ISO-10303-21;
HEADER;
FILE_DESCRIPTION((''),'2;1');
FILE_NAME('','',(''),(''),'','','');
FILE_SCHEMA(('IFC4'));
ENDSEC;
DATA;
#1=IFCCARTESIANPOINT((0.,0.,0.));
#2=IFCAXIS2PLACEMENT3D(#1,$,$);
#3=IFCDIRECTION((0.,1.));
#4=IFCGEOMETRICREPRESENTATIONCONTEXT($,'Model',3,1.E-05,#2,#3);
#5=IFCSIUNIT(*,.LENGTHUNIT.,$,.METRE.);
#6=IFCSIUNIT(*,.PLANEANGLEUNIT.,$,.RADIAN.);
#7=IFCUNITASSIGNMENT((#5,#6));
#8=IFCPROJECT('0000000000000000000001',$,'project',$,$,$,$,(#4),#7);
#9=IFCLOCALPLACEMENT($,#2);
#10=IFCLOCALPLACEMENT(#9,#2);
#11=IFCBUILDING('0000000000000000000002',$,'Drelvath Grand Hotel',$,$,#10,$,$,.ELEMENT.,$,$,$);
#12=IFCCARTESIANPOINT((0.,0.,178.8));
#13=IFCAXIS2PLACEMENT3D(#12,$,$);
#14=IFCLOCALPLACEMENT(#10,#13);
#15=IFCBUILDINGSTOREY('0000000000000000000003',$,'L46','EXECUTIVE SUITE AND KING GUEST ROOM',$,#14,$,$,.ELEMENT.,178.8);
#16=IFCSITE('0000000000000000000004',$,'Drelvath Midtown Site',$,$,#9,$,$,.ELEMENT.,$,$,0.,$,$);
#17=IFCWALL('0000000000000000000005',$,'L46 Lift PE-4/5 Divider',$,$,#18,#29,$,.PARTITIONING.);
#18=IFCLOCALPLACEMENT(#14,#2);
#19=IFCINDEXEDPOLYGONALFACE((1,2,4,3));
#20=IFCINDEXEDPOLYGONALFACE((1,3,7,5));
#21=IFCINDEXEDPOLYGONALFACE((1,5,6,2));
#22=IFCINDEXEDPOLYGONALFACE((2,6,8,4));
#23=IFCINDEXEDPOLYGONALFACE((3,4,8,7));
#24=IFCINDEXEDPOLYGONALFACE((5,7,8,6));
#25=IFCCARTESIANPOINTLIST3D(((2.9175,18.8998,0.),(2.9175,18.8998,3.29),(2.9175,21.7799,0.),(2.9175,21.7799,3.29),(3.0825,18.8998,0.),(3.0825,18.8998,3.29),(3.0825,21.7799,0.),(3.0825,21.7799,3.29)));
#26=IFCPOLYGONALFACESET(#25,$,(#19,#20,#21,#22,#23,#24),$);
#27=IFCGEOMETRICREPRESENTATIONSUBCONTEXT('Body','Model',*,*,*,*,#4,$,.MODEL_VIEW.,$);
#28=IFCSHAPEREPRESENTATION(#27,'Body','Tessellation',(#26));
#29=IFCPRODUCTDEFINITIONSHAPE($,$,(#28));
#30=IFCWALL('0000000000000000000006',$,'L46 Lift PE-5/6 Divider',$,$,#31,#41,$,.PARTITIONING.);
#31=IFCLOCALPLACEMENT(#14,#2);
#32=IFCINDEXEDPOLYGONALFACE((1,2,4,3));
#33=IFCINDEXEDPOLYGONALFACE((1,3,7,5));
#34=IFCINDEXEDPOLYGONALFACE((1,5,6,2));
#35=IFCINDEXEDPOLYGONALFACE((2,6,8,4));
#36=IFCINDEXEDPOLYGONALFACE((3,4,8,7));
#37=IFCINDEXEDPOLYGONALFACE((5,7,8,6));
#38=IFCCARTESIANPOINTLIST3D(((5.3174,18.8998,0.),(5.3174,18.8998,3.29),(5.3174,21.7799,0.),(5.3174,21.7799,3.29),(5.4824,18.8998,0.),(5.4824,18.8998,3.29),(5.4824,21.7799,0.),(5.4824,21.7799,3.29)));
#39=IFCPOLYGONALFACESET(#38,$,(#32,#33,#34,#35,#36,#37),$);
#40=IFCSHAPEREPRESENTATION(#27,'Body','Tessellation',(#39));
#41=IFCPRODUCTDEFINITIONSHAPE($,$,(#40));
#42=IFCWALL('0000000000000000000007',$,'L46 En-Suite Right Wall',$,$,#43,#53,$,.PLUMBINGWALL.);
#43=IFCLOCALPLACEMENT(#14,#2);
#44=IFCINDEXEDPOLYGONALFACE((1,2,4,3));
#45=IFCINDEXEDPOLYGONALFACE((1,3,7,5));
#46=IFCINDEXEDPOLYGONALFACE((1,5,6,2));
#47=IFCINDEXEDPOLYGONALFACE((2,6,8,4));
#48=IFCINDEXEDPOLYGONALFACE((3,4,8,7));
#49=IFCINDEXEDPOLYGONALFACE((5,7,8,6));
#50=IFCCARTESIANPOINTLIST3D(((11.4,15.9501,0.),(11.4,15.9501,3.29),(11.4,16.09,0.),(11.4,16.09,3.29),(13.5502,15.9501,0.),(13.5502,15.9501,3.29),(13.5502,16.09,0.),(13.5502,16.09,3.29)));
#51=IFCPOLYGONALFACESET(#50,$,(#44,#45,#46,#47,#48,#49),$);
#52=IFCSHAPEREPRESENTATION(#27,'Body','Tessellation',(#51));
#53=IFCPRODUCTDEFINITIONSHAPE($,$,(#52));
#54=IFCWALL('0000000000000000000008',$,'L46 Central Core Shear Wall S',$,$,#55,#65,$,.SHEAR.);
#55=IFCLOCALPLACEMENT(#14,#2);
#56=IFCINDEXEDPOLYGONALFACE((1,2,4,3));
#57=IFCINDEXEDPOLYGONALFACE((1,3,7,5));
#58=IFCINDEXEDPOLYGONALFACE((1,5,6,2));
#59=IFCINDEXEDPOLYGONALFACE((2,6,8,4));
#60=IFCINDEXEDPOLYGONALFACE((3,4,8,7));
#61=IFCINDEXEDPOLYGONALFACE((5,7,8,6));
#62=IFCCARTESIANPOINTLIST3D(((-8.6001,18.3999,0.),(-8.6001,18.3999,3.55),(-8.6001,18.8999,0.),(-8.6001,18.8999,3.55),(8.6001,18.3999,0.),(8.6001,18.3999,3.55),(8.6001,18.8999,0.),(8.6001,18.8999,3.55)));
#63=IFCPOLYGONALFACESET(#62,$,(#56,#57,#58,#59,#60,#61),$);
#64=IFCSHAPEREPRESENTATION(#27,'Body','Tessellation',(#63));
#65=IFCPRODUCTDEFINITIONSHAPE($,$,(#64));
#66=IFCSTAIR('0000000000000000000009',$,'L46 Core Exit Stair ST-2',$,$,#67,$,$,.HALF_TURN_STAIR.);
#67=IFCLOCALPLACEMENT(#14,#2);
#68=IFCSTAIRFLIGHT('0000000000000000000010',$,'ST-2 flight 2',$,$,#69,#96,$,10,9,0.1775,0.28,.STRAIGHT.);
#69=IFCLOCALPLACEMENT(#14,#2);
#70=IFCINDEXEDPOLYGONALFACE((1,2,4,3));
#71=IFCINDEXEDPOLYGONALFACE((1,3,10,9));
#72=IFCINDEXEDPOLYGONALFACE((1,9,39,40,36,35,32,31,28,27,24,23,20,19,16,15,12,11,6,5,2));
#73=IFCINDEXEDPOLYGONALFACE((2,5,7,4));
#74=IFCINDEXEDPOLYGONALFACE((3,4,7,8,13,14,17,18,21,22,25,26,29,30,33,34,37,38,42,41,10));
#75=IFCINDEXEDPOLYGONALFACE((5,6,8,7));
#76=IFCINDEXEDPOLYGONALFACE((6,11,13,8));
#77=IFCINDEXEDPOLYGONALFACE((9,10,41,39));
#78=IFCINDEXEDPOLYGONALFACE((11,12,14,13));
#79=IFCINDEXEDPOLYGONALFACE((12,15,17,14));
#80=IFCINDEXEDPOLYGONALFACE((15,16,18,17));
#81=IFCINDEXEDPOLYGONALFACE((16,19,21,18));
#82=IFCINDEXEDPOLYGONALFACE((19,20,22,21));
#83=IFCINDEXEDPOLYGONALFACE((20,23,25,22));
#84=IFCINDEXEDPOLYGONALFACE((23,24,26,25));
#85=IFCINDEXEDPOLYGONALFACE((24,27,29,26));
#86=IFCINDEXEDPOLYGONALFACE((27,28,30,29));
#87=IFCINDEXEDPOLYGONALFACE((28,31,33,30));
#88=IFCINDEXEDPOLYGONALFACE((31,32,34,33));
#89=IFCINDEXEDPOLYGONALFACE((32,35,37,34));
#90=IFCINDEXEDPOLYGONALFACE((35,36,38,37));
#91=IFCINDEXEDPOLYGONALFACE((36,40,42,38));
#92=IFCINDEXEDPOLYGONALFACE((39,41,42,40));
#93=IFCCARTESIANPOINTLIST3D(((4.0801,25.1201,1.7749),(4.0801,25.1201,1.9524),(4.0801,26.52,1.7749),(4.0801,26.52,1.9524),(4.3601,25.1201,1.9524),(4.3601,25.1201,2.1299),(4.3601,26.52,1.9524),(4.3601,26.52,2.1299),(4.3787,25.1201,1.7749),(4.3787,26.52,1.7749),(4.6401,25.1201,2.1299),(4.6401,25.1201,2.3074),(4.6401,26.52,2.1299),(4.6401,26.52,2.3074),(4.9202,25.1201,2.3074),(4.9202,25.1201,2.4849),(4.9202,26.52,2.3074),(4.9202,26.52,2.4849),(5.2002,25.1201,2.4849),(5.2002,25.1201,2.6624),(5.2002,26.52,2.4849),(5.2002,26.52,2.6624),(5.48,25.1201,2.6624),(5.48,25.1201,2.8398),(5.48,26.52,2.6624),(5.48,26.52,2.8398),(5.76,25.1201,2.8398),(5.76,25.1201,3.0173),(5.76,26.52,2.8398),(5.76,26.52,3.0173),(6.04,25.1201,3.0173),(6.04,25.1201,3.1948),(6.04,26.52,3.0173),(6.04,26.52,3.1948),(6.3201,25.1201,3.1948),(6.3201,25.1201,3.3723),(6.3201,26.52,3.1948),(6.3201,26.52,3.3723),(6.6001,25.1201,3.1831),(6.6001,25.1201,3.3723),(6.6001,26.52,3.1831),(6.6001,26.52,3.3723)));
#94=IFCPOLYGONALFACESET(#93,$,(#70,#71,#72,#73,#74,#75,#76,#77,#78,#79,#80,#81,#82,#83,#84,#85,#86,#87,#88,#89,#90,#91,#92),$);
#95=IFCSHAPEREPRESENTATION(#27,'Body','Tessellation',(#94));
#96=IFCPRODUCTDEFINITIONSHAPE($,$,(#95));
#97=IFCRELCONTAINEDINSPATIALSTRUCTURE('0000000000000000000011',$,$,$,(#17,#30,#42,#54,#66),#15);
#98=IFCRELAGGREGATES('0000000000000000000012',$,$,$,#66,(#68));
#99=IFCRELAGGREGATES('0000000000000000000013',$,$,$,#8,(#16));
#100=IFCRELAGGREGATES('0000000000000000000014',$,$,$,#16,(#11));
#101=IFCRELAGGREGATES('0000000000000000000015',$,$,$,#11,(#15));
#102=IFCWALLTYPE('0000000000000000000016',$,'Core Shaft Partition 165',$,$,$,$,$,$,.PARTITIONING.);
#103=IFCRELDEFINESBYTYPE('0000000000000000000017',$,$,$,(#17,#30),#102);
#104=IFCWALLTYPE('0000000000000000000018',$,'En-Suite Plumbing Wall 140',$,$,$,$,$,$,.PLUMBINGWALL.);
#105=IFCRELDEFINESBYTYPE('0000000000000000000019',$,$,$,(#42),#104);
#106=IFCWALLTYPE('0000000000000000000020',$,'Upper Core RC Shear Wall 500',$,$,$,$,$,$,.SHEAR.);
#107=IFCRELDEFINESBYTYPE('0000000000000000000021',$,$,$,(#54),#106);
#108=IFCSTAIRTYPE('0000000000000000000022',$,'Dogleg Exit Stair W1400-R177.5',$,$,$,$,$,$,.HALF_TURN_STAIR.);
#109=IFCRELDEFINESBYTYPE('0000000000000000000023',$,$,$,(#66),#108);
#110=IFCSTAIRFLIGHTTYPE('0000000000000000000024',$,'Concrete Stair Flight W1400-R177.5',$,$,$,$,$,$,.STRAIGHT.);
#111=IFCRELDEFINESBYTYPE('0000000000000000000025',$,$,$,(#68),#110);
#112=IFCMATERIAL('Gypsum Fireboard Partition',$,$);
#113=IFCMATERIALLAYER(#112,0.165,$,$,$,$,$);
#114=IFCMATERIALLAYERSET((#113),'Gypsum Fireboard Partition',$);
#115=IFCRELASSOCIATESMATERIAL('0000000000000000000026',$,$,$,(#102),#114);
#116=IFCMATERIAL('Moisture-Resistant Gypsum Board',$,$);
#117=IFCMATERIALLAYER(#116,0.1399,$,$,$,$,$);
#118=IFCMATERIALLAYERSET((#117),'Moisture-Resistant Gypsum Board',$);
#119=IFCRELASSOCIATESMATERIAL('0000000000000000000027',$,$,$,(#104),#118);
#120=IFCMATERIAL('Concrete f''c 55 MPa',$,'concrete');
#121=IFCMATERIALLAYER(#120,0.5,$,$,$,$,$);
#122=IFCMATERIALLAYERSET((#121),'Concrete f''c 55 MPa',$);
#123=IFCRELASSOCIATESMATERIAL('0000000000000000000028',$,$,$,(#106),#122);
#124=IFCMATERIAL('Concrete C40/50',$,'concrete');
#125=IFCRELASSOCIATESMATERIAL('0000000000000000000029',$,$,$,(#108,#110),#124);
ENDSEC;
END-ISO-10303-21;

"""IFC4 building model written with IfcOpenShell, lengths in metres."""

from ifc_helpers import new_model, si_unit, direction, frame, frame_2d, origin, place, context, subcontext, project, spatial, polyline, rectangle, outline, extrude, material, layer, layer_set, type_object, element, aggregate, save


model = new_model("IFC4")

# Units and contexts
model_context = context("Model", 3, precision=1e-05, world=origin(), true_north=direction((0.0, 1.0)))
body_context = subcontext(model_context, "Body", "Model", "MODEL_VIEW")
ifc_project = project(units=[si_unit("LENGTHUNIT", "METRE"), si_unit("PLANEANGLEUNIT", "RADIAN")], contexts=[model_context])

# Site, building, storey
site_placement = place(None, origin())
site = spatial("IfcSite", under=ifc_project, at=site_placement, Name="Drelvath Midtown Site", CompositionType="ELEMENT", RefElevation=0.0)
building_placement = place(site_placement, origin())
building = spatial("IfcBuilding", under=site, at=building_placement, Name="Drelvath Grand Hotel", CompositionType="ELEMENT")
storey_placement = place(building_placement, frame((0.0, 0.0, 178.8)))
storey = spatial("IfcBuildingStorey", under=building, at=storey_placement, Name="L46", Description="EXECUTIVE SUITE AND KING GUEST ROOM", CompositionType="ELEMENT", Elevation=178.8)

# Shared definitions
ifc_material_1 = material(Name="Concrete f'c 55 MPa", Category="concrete")

# Shared definitions
ifc_material_2 = material(Name="Concrete C40/50", Category="concrete")

# Walls
ifc_material_3 = material(Name="Gypsum Fireboard Partition")
ifc_layer_1 = layer(ifc_material_3, 0.165)
ifc_layer_set_1 = layer_set([ifc_layer_1], Name="Gypsum Fireboard Partition")
wall_type_1 = type_object("IfcWallType", Name="Core Shaft Partition 165", PredefinedType="PARTITIONING", material=ifc_layer_set_1)
for number, where, z_axis, x_axis, name in (
    (1, (3.0, 18.8999, 0.0), (0.0, 0.0, 1.0), (0.0, 1.0, 0.0), "L46 Lift PE-4/5 Divider"),
    (2, (5.3999, 18.8999, 0.0), (0.0, 0.0, 1.0), (0.0, 1.0, 0.0), "L46 Lift PE-5/6 Divider"),
):
    element("IfcWall", number, at=place(storey_placement, frame(where, z_axis=z_axis, x_axis=x_axis)), inside=storey, type_object=wall_type_1, Name=name, PredefinedType="PARTITIONING", context=body_context, shape_type="SweptSolid", body=[
        extrude(rectangle(XDim=2.8801, YDim=0.165, at=frame_2d((1.4399, 0.0))), origin(), (0.0, 0.0, 1.0), 3.29),
    ])
ifc_material_4 = material(Name="Moisture-Resistant Gypsum Board")
ifc_layer_2 = layer(ifc_material_4, 0.1399)
ifc_layer_set_2 = layer_set([ifc_layer_2], Name="Moisture-Resistant Gypsum Board")
wall_type_2 = type_object("IfcWallType", Name="En-Suite Plumbing Wall 140", PredefinedType="PLUMBINGWALL", material=ifc_layer_set_2)
wall_1_placement = place(storey_placement, frame((11.3999, 16.02, 0.0), z_axis=(0.0, 0.0, 1.0), x_axis=(1.0, 0.0, 0.0)))
element("IfcWall", 3, at=wall_1_placement, inside=storey, type_object=wall_type_2, Name="L46 En-Suite Right Wall", PredefinedType="PLUMBINGWALL", context=body_context, shape_type="SweptSolid", body=[
    extrude(rectangle(XDim=2.1501, YDim=0.1399, at=frame_2d((1.0752, 0.0))), origin(), (0.0, 0.0, 1.0), 3.29),
])
ifc_layer_3 = layer(ifc_material_1, 0.5)
ifc_layer_set_3 = layer_set([ifc_layer_3], Name="Concrete f'c 55 MPa")
wall_type_3 = type_object("IfcWallType", Name="Upper Core RC Shear Wall 500", PredefinedType="SHEAR", material=ifc_layer_set_3)
wall_2_placement = place(storey_placement, frame((8.6001, 18.6499, 0.0), z_axis=(0.0, 0.0, 1.0), x_axis=(-1.0, 0.0, 0.0)))
element("IfcWall", 4, at=wall_2_placement, inside=storey, type_object=wall_type_3, Name="L46 Central Core Shear Wall S", PredefinedType="SHEAR", context=body_context, shape_type="SweptSolid", body=[
    extrude(rectangle(XDim=17.2002, YDim=0.5, at=frame_2d((8.6001, 0.0))), origin(), (0.0, 0.0, 1.0), 3.55),
])

# Stair, stair flight
stair_type = type_object("IfcStairType", Name="Dogleg Exit Stair W1400-R177.5", PredefinedType="HALF_TURN_STAIR", material=ifc_material_2)
stair_placement = place(storey_placement, origin())
stair = element("IfcStair", 5, at=stair_placement, inside=storey, type_object=stair_type, Name="L46 Core Exit Stair ST-2", PredefinedType="HALF_TURN_STAIR")
stair_flight_type = type_object("IfcStairFlightType", Name="Concrete Stair Flight W1400-R177.5", PredefinedType="STRAIGHT", material=ifc_material_2)
stair_flight_placement = place(storey_placement, frame((4.0801, 25.8201, 1.7749), z_axis=(0.0, 0.0, 1.0), x_axis=(1.0, 0.0, 0.0)))
stair_flight = element("IfcStairFlight", 6, at=stair_flight_placement, type_object=stair_flight_type, Name="ST-2 flight 2", NumberOfRisers=10, NumberOfTreads=9, PredefinedType="STRAIGHT", RiserHeight=0.1775, TreadLength=0.28, context=body_context, shape_type="SweptSolid", body=[
    extrude(outline(polyline([(0.0, 0.0), (0.0, 0.1775), (0.28, 0.1775), (0.28, 0.355), (0.5601, 0.355), (0.5601, 0.5325), (0.8401, 0.5325), (0.8401, 0.71), (1.1201, 0.71), (1.1201, 0.8875), (1.3999, 0.8875), (1.3999, 1.0649), (1.6799, 1.0649), (1.6799, 1.2424), (1.96, 1.2424), (1.96, 1.4199), (2.24, 1.4199), (2.24, 1.5974), (2.52, 1.5974), (2.52, 1.7749), (2.52, 1.4082), (0.2986, 0.0), (0.0, 0.0)])), frame((0.0, 0.7, 0.0), z_axis=(0.0, -1.0, 0.0), x_axis=(1.0, 0.0, 0.0)), (0.0, 0.0, 1.0), 1.3999),
])
aggregate(stair, [stair_flight])

save(model, "model.ifc")
